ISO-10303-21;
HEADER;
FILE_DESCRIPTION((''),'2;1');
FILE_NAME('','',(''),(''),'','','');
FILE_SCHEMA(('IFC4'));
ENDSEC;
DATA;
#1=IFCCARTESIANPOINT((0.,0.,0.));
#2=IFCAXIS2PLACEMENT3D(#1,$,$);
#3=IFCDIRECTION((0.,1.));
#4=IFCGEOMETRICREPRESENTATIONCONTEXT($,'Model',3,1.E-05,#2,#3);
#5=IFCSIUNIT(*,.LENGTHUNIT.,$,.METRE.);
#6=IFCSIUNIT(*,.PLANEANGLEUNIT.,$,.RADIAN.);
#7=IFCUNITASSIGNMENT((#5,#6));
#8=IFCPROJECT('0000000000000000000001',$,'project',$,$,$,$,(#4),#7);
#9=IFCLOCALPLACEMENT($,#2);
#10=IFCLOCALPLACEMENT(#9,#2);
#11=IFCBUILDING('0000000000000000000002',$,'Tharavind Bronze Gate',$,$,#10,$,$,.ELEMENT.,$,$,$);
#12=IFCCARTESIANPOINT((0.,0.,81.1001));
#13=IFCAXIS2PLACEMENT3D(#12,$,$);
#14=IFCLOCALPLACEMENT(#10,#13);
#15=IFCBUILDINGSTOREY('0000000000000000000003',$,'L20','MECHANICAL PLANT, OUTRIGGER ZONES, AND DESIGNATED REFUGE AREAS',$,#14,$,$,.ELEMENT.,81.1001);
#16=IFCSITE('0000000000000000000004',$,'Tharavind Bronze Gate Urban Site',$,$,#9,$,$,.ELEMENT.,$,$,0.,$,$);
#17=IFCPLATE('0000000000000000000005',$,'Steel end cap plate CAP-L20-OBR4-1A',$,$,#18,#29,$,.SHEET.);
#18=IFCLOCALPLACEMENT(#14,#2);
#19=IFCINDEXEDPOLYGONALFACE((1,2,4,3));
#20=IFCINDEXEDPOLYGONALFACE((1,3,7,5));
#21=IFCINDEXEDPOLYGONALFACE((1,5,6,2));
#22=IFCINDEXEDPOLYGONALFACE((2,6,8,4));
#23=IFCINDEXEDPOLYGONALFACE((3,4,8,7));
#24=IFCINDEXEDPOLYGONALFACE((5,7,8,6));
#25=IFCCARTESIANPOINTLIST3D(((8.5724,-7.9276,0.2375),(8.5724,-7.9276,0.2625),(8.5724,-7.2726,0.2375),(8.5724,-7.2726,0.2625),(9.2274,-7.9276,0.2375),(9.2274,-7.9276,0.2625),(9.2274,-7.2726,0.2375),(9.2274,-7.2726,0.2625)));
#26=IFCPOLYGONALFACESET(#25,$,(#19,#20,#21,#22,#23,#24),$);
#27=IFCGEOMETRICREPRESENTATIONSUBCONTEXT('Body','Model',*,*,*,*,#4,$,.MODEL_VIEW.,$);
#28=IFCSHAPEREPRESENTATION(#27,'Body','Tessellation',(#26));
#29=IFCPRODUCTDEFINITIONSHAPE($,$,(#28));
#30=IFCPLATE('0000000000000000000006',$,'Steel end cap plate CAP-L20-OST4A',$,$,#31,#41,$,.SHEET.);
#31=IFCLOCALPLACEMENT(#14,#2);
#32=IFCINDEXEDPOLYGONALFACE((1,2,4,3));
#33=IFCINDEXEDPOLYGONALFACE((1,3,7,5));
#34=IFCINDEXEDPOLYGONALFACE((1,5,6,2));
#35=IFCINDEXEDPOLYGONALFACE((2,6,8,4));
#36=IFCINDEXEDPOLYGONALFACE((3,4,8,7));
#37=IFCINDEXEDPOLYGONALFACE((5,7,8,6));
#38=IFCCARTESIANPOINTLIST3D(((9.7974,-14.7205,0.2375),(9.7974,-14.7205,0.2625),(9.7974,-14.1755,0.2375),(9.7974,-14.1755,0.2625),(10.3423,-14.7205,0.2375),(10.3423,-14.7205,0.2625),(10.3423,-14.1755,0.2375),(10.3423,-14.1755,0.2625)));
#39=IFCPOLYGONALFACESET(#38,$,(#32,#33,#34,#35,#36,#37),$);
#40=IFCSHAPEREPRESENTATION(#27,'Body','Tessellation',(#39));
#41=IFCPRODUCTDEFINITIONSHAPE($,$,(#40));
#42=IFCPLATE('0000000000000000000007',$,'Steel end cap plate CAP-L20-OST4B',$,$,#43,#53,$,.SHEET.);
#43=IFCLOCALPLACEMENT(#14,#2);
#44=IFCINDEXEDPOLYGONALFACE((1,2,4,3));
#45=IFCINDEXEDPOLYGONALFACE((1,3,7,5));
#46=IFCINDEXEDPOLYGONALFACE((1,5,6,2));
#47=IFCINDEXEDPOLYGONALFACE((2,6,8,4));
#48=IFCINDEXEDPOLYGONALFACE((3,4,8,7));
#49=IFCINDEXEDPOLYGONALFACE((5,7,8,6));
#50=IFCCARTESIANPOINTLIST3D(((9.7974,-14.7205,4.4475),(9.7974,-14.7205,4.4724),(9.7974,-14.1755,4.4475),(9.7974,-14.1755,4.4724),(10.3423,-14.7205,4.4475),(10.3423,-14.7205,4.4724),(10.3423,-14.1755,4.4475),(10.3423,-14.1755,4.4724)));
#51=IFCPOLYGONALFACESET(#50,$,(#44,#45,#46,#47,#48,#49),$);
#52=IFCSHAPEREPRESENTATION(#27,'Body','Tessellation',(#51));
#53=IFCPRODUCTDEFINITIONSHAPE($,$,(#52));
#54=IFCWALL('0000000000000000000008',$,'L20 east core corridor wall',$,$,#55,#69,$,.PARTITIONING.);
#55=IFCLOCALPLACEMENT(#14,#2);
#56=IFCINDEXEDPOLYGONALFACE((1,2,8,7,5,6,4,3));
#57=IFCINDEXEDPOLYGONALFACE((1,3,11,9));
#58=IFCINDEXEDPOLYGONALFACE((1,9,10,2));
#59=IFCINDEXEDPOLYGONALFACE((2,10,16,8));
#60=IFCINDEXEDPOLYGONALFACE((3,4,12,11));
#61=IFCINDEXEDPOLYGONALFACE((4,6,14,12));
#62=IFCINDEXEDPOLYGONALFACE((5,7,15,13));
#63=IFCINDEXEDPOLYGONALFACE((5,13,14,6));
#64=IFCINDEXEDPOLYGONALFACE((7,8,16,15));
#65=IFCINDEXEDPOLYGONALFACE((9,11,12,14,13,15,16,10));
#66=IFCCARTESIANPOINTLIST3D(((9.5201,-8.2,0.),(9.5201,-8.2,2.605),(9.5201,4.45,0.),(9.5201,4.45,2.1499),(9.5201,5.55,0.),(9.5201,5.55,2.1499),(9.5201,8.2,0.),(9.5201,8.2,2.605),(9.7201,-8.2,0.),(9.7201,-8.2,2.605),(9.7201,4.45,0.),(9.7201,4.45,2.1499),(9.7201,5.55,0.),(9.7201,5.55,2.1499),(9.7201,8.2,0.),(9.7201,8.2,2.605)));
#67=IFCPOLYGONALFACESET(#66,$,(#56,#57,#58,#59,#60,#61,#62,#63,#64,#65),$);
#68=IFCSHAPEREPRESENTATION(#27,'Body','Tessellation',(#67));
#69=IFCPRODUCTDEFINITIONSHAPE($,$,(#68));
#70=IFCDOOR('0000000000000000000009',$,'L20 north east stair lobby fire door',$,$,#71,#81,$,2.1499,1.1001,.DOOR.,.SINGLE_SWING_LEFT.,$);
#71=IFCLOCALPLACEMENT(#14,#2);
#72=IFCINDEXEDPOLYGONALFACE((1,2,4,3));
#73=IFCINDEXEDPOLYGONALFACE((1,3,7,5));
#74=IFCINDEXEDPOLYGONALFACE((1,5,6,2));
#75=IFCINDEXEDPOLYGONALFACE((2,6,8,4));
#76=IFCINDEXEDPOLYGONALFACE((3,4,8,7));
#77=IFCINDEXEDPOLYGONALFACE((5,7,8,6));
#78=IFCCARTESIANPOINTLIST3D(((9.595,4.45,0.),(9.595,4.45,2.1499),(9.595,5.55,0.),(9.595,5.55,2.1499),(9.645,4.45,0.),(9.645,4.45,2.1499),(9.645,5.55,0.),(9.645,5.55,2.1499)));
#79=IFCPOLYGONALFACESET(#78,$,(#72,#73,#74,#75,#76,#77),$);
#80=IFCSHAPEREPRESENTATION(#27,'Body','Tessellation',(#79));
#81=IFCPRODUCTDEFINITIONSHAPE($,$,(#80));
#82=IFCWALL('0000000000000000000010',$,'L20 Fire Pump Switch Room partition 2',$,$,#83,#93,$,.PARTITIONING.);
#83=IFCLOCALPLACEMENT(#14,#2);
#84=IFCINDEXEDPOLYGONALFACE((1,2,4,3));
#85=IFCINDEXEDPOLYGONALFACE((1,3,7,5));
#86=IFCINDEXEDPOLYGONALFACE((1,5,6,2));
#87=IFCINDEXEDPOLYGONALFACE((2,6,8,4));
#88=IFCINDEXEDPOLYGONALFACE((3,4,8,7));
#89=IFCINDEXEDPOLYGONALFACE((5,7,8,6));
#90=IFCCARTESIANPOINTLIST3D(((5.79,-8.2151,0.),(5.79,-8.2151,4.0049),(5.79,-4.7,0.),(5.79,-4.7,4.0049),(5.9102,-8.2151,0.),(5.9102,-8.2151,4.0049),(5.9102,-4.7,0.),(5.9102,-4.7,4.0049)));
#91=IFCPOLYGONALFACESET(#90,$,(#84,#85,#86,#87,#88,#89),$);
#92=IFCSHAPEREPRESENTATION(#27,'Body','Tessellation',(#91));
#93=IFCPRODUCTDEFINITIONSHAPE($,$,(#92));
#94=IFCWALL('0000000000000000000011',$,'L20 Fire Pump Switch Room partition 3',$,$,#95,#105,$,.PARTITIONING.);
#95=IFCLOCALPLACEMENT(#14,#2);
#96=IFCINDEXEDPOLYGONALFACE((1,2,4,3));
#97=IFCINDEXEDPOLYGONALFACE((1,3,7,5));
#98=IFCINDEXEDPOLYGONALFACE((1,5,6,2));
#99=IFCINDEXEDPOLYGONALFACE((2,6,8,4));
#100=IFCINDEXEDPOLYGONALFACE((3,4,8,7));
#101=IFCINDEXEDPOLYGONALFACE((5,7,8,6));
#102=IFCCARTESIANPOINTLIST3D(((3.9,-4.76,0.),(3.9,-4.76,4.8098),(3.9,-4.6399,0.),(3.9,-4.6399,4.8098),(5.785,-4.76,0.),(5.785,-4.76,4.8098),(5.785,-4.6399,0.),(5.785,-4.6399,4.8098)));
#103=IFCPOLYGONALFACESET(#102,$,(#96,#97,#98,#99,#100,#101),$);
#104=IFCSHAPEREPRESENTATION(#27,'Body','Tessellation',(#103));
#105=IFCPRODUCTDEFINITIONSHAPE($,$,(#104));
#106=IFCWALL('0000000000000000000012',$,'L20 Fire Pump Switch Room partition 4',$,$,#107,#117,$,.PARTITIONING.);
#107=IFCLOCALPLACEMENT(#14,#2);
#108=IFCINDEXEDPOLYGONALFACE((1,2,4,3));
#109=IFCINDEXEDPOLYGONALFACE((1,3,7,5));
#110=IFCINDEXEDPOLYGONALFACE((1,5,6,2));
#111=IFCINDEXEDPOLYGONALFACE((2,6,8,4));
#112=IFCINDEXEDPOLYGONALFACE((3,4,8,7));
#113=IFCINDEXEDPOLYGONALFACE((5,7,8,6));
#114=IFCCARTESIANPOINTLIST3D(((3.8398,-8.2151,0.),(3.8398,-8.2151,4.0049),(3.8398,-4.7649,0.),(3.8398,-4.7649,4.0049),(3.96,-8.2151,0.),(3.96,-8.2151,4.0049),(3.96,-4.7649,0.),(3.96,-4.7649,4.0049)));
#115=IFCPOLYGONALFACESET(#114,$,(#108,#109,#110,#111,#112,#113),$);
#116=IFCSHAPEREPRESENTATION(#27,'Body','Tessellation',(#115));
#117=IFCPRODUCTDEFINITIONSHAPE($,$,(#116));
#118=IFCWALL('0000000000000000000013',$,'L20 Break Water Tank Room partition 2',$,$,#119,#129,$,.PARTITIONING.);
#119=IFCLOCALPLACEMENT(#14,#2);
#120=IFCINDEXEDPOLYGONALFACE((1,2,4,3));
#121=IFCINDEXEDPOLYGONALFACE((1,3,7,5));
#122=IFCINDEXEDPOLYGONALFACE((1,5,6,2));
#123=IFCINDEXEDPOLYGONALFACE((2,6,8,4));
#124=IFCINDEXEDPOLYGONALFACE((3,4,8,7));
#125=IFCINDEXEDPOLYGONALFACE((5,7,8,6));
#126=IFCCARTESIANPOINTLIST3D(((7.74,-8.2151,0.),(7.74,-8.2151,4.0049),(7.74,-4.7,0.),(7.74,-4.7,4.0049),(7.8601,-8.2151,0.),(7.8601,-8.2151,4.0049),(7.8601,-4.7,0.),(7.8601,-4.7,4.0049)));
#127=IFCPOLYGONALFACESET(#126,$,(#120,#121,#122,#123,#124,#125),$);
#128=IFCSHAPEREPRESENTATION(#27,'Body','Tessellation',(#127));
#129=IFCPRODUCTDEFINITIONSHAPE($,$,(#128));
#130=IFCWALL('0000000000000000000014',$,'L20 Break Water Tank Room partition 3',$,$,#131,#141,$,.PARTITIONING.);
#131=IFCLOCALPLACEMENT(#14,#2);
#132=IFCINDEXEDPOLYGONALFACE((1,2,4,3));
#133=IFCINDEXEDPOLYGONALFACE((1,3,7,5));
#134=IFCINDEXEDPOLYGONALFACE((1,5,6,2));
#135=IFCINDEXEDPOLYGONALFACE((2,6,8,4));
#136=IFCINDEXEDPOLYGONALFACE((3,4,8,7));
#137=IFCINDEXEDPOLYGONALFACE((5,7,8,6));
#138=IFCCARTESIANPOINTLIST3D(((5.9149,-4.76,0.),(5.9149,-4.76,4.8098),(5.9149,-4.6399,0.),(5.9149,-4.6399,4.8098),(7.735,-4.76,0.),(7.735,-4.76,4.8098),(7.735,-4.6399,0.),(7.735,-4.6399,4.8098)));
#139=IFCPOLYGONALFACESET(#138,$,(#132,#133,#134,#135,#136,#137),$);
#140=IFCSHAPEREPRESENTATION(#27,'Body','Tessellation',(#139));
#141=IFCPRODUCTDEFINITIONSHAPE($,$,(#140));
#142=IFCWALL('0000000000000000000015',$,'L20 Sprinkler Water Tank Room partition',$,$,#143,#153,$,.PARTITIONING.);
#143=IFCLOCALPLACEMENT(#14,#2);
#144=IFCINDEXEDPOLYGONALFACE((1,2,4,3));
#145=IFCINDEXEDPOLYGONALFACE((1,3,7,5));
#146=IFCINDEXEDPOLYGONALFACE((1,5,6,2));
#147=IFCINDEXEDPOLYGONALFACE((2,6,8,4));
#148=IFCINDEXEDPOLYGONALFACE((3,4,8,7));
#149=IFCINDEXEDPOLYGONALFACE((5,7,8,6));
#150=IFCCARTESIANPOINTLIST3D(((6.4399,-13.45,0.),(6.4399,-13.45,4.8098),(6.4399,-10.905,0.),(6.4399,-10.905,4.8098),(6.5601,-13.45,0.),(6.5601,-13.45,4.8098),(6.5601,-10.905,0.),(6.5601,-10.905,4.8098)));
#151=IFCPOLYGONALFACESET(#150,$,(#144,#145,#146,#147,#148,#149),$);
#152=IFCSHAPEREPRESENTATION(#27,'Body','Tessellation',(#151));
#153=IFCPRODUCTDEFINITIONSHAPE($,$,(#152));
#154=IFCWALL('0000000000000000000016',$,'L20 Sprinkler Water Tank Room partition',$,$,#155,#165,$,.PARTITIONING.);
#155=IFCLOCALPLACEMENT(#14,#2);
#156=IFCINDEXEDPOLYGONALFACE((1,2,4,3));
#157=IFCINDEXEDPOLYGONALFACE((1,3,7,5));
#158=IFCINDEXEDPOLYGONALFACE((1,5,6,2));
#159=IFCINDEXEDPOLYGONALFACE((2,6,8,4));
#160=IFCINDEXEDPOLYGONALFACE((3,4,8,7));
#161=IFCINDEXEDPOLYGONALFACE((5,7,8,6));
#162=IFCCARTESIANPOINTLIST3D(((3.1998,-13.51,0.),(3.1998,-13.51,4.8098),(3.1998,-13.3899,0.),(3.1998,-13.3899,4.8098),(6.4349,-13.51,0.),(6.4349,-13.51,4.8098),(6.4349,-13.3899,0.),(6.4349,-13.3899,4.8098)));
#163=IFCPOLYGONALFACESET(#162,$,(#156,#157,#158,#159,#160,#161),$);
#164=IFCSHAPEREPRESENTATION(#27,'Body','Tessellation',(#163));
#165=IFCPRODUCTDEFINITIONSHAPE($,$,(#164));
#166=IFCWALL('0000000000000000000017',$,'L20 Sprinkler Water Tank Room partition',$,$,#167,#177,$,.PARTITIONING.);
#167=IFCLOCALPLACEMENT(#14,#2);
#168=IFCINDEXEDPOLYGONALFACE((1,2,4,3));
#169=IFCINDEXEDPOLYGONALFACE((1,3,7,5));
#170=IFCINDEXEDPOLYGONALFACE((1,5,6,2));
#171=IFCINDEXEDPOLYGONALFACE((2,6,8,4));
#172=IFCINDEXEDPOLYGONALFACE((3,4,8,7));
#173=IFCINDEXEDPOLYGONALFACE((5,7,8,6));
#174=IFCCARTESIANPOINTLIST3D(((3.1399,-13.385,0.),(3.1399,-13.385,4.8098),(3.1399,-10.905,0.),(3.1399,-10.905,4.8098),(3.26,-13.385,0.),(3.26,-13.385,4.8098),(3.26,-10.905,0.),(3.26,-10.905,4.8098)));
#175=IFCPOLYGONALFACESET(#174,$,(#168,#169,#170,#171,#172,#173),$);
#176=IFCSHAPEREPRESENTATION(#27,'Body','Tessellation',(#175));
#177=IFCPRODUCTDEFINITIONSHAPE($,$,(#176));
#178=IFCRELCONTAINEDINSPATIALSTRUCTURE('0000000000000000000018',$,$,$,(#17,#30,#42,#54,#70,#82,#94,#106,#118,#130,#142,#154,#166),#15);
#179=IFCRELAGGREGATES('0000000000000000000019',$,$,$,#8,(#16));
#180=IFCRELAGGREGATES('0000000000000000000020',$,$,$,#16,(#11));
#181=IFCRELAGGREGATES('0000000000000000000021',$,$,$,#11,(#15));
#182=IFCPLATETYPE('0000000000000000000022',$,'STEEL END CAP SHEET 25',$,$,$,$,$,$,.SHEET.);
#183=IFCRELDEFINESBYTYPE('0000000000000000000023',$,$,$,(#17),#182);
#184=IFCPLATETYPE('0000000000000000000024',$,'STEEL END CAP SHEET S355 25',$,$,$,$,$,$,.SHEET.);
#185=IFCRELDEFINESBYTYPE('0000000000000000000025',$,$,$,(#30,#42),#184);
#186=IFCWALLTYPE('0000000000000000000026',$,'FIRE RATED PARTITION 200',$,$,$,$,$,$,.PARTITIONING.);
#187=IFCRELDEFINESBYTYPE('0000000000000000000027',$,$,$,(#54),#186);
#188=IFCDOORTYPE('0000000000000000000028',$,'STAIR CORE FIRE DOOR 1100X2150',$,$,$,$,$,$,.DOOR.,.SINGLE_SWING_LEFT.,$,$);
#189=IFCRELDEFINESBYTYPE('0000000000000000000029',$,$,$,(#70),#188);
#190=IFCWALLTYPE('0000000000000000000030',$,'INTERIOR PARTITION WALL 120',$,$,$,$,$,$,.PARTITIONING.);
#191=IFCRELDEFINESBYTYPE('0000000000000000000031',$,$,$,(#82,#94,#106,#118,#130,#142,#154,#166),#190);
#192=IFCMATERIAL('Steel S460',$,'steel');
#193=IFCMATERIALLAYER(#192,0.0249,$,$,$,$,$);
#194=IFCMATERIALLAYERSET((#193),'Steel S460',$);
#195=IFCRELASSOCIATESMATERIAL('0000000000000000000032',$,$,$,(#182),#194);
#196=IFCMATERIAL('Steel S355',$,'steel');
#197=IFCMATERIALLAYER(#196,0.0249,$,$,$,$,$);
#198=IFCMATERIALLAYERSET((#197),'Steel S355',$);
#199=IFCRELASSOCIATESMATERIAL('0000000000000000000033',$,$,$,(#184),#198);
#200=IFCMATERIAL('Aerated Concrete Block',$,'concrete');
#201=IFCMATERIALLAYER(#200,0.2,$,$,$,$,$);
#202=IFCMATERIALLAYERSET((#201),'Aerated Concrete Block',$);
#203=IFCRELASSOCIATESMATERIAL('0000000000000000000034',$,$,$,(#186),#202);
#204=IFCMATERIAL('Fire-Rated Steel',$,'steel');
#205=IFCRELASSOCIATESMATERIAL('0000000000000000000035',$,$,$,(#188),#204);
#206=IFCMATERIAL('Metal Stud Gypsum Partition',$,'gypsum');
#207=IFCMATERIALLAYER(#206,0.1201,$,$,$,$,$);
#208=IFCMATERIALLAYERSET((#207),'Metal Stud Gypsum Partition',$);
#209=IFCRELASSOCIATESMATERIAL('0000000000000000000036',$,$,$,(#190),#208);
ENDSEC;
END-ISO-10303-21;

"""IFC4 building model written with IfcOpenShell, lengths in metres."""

from ifc_helpers import new_model, si_unit, direction, frame, frame_2d, origin, origin_2d, place, context, subcontext, project, spatial, rectangle, extrude, material, layer, layer_set, type_object, element, fill, save


model = new_model("IFC4")

# Units and contexts
model_context = context("Model", 3, precision=1e-05, world=origin(), true_north=direction((0.0, 1.0)))
body_context = subcontext(model_context, "Body", "Model", "MODEL_VIEW")
ifc_project = project(units=[si_unit("LENGTHUNIT", "METRE"), si_unit("PLANEANGLEUNIT", "RADIAN")], contexts=[model_context])

# Site, building, storey
site_placement = place(None, origin())
site = spatial("IfcSite", under=ifc_project, at=site_placement, Name="Tharavind Bronze Gate Urban Site", CompositionType="ELEMENT", RefElevation=0.0)
building_placement = place(site_placement, origin())
building = spatial("IfcBuilding", under=site, at=building_placement, Name="Tharavind Bronze Gate", CompositionType="ELEMENT")
storey_placement = place(building_placement, frame((0.0, 0.0, 81.1001)))
storey = spatial("IfcBuildingStorey", under=building, at=storey_placement, Name="L20", Description="MECHANICAL PLANT, OUTRIGGER ZONES, AND DESIGNATED REFUGE AREAS", CompositionType="ELEMENT", Elevation=81.1001)

# Shared definitions
ifc_material_1 = material(Name="Steel S460", Category="steel")

# Shared definitions
ifc_material_2 = material(Name="Steel S355", Category="steel")

# Plates
ifc_layer_1 = layer(ifc_material_1, 0.0249)
ifc_layer_set_1 = layer_set([ifc_layer_1], Name="Steel S460")
plate_type_1 = type_object("IfcPlateType", Name="STEEL END CAP SHEET 25", PredefinedType="SHEET", material=ifc_layer_set_1)
plate_1_placement = place(storey_placement, frame((8.8999, -7.6001, 0.2375), z_axis=(0.0, 0.0, 1.0), x_axis=(1.0, 0.0, 0.0)))
element("IfcPlate", 1, at=plate_1_placement, inside=storey, type_object=plate_type_1, Name="Steel end cap plate CAP-L20-OBR4-1A", PredefinedType="SHEET", context=body_context, shape_type="SweptSolid", body=[
    extrude(rectangle(XDim=0.655, YDim=0.655, at=origin_2d()), origin(), (0.0, 0.0, 1.0), 0.0249),
])
ifc_layer_2 = layer(ifc_material_2, 0.0249)
ifc_layer_set_2 = layer_set([ifc_layer_2], Name="Steel S355")
plate_type_2 = type_object("IfcPlateType", Name="STEEL END CAP SHEET S355 25", PredefinedType="SHEET", material=ifc_layer_set_2)
for number, where, z_axis, x_axis, name in (
    (2, (10.0698, -14.448, 0.2375), (0.0, 0.0, 1.0), (1.0, 0.0, 0.0), "Steel end cap plate CAP-L20-OST4A"),
    (3, (10.0698, -14.448, 4.4475), (0.0, 0.0, 1.0), (1.0, 0.0, 0.0), "Steel end cap plate CAP-L20-OST4B"),
):
    element("IfcPlate", number, at=place(storey_placement, frame(where, z_axis=z_axis, x_axis=x_axis)), inside=storey, type_object=plate_type_2, Name=name, PredefinedType="SHEET", context=body_context, shape_type="SweptSolid", body=[
        extrude(rectangle(XDim=0.5449, YDim=0.5449, at=origin_2d()), origin(), (0.0, 0.0, 1.0), 0.0249),
    ])

# Wall, opening, door
ifc_material_3 = material(Name="Aerated Concrete Block", Category="concrete")
ifc_layer_3 = layer(ifc_material_3, 0.2)
ifc_layer_set_3 = layer_set([ifc_layer_3], Name="Aerated Concrete Block")
wall_type_1 = type_object("IfcWallType", Name="FIRE RATED PARTITION 200", PredefinedType="PARTITIONING", material=ifc_layer_set_3)
wall_1_placement = place(storey_placement, frame((9.6201, -8.2, 0.0), z_axis=(0.0, 0.0, 1.0), x_axis=(0.0, 1.0, 0.0)))
wall_1 = element("IfcWall", 4, at=wall_1_placement, inside=storey, type_object=wall_type_1, Name="L20 east core corridor wall", PredefinedType="PARTITIONING", context=body_context, shape_type="SweptSolid", body=[
    extrude(rectangle(XDim=16.3999, YDim=0.2, at=frame_2d((8.2, 0.0))), origin(), (0.0, 0.0, 1.0), 2.605),
])
opening_1_placement = place(wall_1_placement, frame((12.6499, 0.0, 0.0)))
opening_1 = element("IfcOpeningElement", 5, at=opening_1_placement, cuts=wall_1, PredefinedType="OPENING", context=body_context, shape_type="SweptSolid", body=[
    extrude(rectangle(XDim=1.1001, YDim=2.1499, at=frame_2d((0.55, 1.075))), frame((0.0, 0.1101, 0.0), z_axis=(0.0, -1.0, 0.0), x_axis=(1.0, 0.0, 0.0)), (0.0, 0.0, 1.0), 0.22),
])
ifc_material_4 = material(Name="Fire-Rated Steel", Category="steel")
door_type_1 = type_object("IfcDoorType", Name="STAIR CORE FIRE DOOR 1100X2150", OperationType="SINGLE_SWING_LEFT", PredefinedType="DOOR", material=ifc_material_4)
door_1_placement = place(opening_1_placement, frame((1.1001, 0.0, 0.0), z_axis=(0.0, 0.0, 1.0), x_axis=(-1.0, 0.0, 0.0)))
door_1 = element("IfcDoor", 6, at=door_1_placement, inside=storey, type_object=door_type_1, Name="L20 north east stair lobby fire door", OperationType="SINGLE_SWING_LEFT", OverallHeight=2.1499, OverallWidth=1.1001, PredefinedType="DOOR", context=body_context, shape_type="SweptSolid", body=[
    extrude(rectangle(XDim=1.1001, YDim=2.1499, at=frame_2d((0.55, 1.075))), frame((0.0, 0.0249, 0.0), z_axis=(0.0, -1.0, 0.0), x_axis=(1.0, 0.0, 0.0)), (0.0, 0.0, 1.0), 0.05),
])
fill(opening_1, door_1)

# Walls
ifc_material_5 = material(Name="Metal Stud Gypsum Partition", Category="gypsum")
ifc_layer_4 = layer(ifc_material_5, 0.1201)
ifc_layer_set_4 = layer_set([ifc_layer_4], Name="Metal Stud Gypsum Partition")
wall_type_2 = type_object("IfcWallType", Name="INTERIOR PARTITION WALL 120", PredefinedType="PARTITIONING", material=ifc_layer_set_4)
wall_2_placement = place(storey_placement, frame((5.8501, -8.2151, 0.0), z_axis=(0.0, 0.0, 1.0), x_axis=(0.0, 1.0, 0.0)))
element("IfcWall", 7, at=wall_2_placement, inside=storey, type_object=wall_type_2, Name="L20 Fire Pump Switch Room partition 2", PredefinedType="PARTITIONING", context=body_context, shape_type="SweptSolid", body=[
    extrude(rectangle(XDim=3.5151, YDim=0.1201, at=frame_2d((1.7576, 0.0))), origin(), (0.0, 0.0, 1.0), 4.0049),
])
wall_3_placement = place(storey_placement, frame((5.7849, -4.7, 0.0), z_axis=(0.0, 0.0, 1.0), x_axis=(-1.0, 0.0, 0.0)))
element("IfcWall", 8, at=wall_3_placement, inside=storey, type_object=wall_type_2, Name="L20 Fire Pump Switch Room partition 3", PredefinedType="PARTITIONING", context=body_context, shape_type="SweptSolid", body=[
    extrude(rectangle(XDim=1.885, YDim=0.1201, at=frame_2d((0.9424, 0.0))), origin(), (0.0, 0.0, 1.0), 4.8098),
])
wall_4_placement = place(storey_placement, frame((3.8999, -4.7649, 0.0), z_axis=(0.0, 0.0, 1.0), x_axis=(0.0, -1.0, 0.0)))
element("IfcWall", 9, at=wall_4_placement, inside=storey, type_object=wall_type_2, Name="L20 Fire Pump Switch Room partition 4", PredefinedType="PARTITIONING", context=body_context, shape_type="SweptSolid", body=[
    extrude(rectangle(XDim=3.4502, YDim=0.1201, at=frame_2d((1.7251, 0.0))), origin(), (0.0, 0.0, 1.0), 4.0049),
])
wall_5_placement = place(storey_placement, frame((7.8, -8.2151, 0.0), z_axis=(0.0, 0.0, 1.0), x_axis=(0.0, 1.0, 0.0)))
element("IfcWall", 10, at=wall_5_placement, inside=storey, type_object=wall_type_2, Name="L20 Break Water Tank Room partition 2", PredefinedType="PARTITIONING", context=body_context, shape_type="SweptSolid", body=[
    extrude(rectangle(XDim=3.5151, YDim=0.1201, at=frame_2d((1.7576, 0.0))), origin(), (0.0, 0.0, 1.0), 4.0049),
])
wall_6_placement = place(storey_placement, frame((7.7351, -4.7, 0.0), z_axis=(0.0, 0.0, 1.0), x_axis=(-1.0, 0.0, 0.0)))
element("IfcWall", 11, at=wall_6_placement, inside=storey, type_object=wall_type_2, Name="L20 Break Water Tank Room partition 3", PredefinedType="PARTITIONING", context=body_context, shape_type="SweptSolid", body=[
    extrude(rectangle(XDim=1.8201, YDim=0.1201, at=frame_2d((0.9102, 0.0))), origin(), (0.0, 0.0, 1.0), 4.8098),
])
wall_7_placement = place(storey_placement, frame((6.5, -10.905, 0.0), z_axis=(0.0, 0.0, 1.0), x_axis=(0.0, -1.0, 0.0)))
element("IfcWall", 12, at=wall_7_placement, inside=storey, type_object=wall_type_2, Name="L20 Sprinkler Water Tank Room partition", PredefinedType="PARTITIONING", context=body_context, shape_type="SweptSolid", body=[
    extrude(rectangle(XDim=2.5449, YDim=0.1201, at=frame_2d((1.2725, 0.0))), origin(), (0.0, 0.0, 1.0), 4.8098),
])
wall_8_placement = place(storey_placement, frame((6.4351, -13.45, 0.0), z_axis=(0.0, 0.0, 1.0), x_axis=(-1.0, 0.0, 0.0)))
element("IfcWall", 13, at=wall_8_placement, inside=storey, type_object=wall_type_2, Name="L20 Sprinkler Water Tank Room partition", PredefinedType="PARTITIONING", context=body_context, shape_type="SweptSolid", body=[
    extrude(rectangle(XDim=3.2351, YDim=0.1201, at=frame_2d((1.6177, 0.0))), origin(), (0.0, 0.0, 1.0), 4.8098),
])
wall_9_placement = place(storey_placement, frame((3.2, -13.385, 0.0), z_axis=(0.0, 0.0, 1.0), x_axis=(0.0, 1.0, 0.0)))
element("IfcWall", 14, at=wall_9_placement, inside=storey, type_object=wall_type_2, Name="L20 Sprinkler Water Tank Room partition", PredefinedType="PARTITIONING", context=body_context, shape_type="SweptSolid", body=[
    extrude(rectangle(XDim=2.48, YDim=0.1201, at=frame_2d((1.24, 0.0))), origin(), (0.0, 0.0, 1.0), 4.8098),
])

save(model, "model.ifc")
